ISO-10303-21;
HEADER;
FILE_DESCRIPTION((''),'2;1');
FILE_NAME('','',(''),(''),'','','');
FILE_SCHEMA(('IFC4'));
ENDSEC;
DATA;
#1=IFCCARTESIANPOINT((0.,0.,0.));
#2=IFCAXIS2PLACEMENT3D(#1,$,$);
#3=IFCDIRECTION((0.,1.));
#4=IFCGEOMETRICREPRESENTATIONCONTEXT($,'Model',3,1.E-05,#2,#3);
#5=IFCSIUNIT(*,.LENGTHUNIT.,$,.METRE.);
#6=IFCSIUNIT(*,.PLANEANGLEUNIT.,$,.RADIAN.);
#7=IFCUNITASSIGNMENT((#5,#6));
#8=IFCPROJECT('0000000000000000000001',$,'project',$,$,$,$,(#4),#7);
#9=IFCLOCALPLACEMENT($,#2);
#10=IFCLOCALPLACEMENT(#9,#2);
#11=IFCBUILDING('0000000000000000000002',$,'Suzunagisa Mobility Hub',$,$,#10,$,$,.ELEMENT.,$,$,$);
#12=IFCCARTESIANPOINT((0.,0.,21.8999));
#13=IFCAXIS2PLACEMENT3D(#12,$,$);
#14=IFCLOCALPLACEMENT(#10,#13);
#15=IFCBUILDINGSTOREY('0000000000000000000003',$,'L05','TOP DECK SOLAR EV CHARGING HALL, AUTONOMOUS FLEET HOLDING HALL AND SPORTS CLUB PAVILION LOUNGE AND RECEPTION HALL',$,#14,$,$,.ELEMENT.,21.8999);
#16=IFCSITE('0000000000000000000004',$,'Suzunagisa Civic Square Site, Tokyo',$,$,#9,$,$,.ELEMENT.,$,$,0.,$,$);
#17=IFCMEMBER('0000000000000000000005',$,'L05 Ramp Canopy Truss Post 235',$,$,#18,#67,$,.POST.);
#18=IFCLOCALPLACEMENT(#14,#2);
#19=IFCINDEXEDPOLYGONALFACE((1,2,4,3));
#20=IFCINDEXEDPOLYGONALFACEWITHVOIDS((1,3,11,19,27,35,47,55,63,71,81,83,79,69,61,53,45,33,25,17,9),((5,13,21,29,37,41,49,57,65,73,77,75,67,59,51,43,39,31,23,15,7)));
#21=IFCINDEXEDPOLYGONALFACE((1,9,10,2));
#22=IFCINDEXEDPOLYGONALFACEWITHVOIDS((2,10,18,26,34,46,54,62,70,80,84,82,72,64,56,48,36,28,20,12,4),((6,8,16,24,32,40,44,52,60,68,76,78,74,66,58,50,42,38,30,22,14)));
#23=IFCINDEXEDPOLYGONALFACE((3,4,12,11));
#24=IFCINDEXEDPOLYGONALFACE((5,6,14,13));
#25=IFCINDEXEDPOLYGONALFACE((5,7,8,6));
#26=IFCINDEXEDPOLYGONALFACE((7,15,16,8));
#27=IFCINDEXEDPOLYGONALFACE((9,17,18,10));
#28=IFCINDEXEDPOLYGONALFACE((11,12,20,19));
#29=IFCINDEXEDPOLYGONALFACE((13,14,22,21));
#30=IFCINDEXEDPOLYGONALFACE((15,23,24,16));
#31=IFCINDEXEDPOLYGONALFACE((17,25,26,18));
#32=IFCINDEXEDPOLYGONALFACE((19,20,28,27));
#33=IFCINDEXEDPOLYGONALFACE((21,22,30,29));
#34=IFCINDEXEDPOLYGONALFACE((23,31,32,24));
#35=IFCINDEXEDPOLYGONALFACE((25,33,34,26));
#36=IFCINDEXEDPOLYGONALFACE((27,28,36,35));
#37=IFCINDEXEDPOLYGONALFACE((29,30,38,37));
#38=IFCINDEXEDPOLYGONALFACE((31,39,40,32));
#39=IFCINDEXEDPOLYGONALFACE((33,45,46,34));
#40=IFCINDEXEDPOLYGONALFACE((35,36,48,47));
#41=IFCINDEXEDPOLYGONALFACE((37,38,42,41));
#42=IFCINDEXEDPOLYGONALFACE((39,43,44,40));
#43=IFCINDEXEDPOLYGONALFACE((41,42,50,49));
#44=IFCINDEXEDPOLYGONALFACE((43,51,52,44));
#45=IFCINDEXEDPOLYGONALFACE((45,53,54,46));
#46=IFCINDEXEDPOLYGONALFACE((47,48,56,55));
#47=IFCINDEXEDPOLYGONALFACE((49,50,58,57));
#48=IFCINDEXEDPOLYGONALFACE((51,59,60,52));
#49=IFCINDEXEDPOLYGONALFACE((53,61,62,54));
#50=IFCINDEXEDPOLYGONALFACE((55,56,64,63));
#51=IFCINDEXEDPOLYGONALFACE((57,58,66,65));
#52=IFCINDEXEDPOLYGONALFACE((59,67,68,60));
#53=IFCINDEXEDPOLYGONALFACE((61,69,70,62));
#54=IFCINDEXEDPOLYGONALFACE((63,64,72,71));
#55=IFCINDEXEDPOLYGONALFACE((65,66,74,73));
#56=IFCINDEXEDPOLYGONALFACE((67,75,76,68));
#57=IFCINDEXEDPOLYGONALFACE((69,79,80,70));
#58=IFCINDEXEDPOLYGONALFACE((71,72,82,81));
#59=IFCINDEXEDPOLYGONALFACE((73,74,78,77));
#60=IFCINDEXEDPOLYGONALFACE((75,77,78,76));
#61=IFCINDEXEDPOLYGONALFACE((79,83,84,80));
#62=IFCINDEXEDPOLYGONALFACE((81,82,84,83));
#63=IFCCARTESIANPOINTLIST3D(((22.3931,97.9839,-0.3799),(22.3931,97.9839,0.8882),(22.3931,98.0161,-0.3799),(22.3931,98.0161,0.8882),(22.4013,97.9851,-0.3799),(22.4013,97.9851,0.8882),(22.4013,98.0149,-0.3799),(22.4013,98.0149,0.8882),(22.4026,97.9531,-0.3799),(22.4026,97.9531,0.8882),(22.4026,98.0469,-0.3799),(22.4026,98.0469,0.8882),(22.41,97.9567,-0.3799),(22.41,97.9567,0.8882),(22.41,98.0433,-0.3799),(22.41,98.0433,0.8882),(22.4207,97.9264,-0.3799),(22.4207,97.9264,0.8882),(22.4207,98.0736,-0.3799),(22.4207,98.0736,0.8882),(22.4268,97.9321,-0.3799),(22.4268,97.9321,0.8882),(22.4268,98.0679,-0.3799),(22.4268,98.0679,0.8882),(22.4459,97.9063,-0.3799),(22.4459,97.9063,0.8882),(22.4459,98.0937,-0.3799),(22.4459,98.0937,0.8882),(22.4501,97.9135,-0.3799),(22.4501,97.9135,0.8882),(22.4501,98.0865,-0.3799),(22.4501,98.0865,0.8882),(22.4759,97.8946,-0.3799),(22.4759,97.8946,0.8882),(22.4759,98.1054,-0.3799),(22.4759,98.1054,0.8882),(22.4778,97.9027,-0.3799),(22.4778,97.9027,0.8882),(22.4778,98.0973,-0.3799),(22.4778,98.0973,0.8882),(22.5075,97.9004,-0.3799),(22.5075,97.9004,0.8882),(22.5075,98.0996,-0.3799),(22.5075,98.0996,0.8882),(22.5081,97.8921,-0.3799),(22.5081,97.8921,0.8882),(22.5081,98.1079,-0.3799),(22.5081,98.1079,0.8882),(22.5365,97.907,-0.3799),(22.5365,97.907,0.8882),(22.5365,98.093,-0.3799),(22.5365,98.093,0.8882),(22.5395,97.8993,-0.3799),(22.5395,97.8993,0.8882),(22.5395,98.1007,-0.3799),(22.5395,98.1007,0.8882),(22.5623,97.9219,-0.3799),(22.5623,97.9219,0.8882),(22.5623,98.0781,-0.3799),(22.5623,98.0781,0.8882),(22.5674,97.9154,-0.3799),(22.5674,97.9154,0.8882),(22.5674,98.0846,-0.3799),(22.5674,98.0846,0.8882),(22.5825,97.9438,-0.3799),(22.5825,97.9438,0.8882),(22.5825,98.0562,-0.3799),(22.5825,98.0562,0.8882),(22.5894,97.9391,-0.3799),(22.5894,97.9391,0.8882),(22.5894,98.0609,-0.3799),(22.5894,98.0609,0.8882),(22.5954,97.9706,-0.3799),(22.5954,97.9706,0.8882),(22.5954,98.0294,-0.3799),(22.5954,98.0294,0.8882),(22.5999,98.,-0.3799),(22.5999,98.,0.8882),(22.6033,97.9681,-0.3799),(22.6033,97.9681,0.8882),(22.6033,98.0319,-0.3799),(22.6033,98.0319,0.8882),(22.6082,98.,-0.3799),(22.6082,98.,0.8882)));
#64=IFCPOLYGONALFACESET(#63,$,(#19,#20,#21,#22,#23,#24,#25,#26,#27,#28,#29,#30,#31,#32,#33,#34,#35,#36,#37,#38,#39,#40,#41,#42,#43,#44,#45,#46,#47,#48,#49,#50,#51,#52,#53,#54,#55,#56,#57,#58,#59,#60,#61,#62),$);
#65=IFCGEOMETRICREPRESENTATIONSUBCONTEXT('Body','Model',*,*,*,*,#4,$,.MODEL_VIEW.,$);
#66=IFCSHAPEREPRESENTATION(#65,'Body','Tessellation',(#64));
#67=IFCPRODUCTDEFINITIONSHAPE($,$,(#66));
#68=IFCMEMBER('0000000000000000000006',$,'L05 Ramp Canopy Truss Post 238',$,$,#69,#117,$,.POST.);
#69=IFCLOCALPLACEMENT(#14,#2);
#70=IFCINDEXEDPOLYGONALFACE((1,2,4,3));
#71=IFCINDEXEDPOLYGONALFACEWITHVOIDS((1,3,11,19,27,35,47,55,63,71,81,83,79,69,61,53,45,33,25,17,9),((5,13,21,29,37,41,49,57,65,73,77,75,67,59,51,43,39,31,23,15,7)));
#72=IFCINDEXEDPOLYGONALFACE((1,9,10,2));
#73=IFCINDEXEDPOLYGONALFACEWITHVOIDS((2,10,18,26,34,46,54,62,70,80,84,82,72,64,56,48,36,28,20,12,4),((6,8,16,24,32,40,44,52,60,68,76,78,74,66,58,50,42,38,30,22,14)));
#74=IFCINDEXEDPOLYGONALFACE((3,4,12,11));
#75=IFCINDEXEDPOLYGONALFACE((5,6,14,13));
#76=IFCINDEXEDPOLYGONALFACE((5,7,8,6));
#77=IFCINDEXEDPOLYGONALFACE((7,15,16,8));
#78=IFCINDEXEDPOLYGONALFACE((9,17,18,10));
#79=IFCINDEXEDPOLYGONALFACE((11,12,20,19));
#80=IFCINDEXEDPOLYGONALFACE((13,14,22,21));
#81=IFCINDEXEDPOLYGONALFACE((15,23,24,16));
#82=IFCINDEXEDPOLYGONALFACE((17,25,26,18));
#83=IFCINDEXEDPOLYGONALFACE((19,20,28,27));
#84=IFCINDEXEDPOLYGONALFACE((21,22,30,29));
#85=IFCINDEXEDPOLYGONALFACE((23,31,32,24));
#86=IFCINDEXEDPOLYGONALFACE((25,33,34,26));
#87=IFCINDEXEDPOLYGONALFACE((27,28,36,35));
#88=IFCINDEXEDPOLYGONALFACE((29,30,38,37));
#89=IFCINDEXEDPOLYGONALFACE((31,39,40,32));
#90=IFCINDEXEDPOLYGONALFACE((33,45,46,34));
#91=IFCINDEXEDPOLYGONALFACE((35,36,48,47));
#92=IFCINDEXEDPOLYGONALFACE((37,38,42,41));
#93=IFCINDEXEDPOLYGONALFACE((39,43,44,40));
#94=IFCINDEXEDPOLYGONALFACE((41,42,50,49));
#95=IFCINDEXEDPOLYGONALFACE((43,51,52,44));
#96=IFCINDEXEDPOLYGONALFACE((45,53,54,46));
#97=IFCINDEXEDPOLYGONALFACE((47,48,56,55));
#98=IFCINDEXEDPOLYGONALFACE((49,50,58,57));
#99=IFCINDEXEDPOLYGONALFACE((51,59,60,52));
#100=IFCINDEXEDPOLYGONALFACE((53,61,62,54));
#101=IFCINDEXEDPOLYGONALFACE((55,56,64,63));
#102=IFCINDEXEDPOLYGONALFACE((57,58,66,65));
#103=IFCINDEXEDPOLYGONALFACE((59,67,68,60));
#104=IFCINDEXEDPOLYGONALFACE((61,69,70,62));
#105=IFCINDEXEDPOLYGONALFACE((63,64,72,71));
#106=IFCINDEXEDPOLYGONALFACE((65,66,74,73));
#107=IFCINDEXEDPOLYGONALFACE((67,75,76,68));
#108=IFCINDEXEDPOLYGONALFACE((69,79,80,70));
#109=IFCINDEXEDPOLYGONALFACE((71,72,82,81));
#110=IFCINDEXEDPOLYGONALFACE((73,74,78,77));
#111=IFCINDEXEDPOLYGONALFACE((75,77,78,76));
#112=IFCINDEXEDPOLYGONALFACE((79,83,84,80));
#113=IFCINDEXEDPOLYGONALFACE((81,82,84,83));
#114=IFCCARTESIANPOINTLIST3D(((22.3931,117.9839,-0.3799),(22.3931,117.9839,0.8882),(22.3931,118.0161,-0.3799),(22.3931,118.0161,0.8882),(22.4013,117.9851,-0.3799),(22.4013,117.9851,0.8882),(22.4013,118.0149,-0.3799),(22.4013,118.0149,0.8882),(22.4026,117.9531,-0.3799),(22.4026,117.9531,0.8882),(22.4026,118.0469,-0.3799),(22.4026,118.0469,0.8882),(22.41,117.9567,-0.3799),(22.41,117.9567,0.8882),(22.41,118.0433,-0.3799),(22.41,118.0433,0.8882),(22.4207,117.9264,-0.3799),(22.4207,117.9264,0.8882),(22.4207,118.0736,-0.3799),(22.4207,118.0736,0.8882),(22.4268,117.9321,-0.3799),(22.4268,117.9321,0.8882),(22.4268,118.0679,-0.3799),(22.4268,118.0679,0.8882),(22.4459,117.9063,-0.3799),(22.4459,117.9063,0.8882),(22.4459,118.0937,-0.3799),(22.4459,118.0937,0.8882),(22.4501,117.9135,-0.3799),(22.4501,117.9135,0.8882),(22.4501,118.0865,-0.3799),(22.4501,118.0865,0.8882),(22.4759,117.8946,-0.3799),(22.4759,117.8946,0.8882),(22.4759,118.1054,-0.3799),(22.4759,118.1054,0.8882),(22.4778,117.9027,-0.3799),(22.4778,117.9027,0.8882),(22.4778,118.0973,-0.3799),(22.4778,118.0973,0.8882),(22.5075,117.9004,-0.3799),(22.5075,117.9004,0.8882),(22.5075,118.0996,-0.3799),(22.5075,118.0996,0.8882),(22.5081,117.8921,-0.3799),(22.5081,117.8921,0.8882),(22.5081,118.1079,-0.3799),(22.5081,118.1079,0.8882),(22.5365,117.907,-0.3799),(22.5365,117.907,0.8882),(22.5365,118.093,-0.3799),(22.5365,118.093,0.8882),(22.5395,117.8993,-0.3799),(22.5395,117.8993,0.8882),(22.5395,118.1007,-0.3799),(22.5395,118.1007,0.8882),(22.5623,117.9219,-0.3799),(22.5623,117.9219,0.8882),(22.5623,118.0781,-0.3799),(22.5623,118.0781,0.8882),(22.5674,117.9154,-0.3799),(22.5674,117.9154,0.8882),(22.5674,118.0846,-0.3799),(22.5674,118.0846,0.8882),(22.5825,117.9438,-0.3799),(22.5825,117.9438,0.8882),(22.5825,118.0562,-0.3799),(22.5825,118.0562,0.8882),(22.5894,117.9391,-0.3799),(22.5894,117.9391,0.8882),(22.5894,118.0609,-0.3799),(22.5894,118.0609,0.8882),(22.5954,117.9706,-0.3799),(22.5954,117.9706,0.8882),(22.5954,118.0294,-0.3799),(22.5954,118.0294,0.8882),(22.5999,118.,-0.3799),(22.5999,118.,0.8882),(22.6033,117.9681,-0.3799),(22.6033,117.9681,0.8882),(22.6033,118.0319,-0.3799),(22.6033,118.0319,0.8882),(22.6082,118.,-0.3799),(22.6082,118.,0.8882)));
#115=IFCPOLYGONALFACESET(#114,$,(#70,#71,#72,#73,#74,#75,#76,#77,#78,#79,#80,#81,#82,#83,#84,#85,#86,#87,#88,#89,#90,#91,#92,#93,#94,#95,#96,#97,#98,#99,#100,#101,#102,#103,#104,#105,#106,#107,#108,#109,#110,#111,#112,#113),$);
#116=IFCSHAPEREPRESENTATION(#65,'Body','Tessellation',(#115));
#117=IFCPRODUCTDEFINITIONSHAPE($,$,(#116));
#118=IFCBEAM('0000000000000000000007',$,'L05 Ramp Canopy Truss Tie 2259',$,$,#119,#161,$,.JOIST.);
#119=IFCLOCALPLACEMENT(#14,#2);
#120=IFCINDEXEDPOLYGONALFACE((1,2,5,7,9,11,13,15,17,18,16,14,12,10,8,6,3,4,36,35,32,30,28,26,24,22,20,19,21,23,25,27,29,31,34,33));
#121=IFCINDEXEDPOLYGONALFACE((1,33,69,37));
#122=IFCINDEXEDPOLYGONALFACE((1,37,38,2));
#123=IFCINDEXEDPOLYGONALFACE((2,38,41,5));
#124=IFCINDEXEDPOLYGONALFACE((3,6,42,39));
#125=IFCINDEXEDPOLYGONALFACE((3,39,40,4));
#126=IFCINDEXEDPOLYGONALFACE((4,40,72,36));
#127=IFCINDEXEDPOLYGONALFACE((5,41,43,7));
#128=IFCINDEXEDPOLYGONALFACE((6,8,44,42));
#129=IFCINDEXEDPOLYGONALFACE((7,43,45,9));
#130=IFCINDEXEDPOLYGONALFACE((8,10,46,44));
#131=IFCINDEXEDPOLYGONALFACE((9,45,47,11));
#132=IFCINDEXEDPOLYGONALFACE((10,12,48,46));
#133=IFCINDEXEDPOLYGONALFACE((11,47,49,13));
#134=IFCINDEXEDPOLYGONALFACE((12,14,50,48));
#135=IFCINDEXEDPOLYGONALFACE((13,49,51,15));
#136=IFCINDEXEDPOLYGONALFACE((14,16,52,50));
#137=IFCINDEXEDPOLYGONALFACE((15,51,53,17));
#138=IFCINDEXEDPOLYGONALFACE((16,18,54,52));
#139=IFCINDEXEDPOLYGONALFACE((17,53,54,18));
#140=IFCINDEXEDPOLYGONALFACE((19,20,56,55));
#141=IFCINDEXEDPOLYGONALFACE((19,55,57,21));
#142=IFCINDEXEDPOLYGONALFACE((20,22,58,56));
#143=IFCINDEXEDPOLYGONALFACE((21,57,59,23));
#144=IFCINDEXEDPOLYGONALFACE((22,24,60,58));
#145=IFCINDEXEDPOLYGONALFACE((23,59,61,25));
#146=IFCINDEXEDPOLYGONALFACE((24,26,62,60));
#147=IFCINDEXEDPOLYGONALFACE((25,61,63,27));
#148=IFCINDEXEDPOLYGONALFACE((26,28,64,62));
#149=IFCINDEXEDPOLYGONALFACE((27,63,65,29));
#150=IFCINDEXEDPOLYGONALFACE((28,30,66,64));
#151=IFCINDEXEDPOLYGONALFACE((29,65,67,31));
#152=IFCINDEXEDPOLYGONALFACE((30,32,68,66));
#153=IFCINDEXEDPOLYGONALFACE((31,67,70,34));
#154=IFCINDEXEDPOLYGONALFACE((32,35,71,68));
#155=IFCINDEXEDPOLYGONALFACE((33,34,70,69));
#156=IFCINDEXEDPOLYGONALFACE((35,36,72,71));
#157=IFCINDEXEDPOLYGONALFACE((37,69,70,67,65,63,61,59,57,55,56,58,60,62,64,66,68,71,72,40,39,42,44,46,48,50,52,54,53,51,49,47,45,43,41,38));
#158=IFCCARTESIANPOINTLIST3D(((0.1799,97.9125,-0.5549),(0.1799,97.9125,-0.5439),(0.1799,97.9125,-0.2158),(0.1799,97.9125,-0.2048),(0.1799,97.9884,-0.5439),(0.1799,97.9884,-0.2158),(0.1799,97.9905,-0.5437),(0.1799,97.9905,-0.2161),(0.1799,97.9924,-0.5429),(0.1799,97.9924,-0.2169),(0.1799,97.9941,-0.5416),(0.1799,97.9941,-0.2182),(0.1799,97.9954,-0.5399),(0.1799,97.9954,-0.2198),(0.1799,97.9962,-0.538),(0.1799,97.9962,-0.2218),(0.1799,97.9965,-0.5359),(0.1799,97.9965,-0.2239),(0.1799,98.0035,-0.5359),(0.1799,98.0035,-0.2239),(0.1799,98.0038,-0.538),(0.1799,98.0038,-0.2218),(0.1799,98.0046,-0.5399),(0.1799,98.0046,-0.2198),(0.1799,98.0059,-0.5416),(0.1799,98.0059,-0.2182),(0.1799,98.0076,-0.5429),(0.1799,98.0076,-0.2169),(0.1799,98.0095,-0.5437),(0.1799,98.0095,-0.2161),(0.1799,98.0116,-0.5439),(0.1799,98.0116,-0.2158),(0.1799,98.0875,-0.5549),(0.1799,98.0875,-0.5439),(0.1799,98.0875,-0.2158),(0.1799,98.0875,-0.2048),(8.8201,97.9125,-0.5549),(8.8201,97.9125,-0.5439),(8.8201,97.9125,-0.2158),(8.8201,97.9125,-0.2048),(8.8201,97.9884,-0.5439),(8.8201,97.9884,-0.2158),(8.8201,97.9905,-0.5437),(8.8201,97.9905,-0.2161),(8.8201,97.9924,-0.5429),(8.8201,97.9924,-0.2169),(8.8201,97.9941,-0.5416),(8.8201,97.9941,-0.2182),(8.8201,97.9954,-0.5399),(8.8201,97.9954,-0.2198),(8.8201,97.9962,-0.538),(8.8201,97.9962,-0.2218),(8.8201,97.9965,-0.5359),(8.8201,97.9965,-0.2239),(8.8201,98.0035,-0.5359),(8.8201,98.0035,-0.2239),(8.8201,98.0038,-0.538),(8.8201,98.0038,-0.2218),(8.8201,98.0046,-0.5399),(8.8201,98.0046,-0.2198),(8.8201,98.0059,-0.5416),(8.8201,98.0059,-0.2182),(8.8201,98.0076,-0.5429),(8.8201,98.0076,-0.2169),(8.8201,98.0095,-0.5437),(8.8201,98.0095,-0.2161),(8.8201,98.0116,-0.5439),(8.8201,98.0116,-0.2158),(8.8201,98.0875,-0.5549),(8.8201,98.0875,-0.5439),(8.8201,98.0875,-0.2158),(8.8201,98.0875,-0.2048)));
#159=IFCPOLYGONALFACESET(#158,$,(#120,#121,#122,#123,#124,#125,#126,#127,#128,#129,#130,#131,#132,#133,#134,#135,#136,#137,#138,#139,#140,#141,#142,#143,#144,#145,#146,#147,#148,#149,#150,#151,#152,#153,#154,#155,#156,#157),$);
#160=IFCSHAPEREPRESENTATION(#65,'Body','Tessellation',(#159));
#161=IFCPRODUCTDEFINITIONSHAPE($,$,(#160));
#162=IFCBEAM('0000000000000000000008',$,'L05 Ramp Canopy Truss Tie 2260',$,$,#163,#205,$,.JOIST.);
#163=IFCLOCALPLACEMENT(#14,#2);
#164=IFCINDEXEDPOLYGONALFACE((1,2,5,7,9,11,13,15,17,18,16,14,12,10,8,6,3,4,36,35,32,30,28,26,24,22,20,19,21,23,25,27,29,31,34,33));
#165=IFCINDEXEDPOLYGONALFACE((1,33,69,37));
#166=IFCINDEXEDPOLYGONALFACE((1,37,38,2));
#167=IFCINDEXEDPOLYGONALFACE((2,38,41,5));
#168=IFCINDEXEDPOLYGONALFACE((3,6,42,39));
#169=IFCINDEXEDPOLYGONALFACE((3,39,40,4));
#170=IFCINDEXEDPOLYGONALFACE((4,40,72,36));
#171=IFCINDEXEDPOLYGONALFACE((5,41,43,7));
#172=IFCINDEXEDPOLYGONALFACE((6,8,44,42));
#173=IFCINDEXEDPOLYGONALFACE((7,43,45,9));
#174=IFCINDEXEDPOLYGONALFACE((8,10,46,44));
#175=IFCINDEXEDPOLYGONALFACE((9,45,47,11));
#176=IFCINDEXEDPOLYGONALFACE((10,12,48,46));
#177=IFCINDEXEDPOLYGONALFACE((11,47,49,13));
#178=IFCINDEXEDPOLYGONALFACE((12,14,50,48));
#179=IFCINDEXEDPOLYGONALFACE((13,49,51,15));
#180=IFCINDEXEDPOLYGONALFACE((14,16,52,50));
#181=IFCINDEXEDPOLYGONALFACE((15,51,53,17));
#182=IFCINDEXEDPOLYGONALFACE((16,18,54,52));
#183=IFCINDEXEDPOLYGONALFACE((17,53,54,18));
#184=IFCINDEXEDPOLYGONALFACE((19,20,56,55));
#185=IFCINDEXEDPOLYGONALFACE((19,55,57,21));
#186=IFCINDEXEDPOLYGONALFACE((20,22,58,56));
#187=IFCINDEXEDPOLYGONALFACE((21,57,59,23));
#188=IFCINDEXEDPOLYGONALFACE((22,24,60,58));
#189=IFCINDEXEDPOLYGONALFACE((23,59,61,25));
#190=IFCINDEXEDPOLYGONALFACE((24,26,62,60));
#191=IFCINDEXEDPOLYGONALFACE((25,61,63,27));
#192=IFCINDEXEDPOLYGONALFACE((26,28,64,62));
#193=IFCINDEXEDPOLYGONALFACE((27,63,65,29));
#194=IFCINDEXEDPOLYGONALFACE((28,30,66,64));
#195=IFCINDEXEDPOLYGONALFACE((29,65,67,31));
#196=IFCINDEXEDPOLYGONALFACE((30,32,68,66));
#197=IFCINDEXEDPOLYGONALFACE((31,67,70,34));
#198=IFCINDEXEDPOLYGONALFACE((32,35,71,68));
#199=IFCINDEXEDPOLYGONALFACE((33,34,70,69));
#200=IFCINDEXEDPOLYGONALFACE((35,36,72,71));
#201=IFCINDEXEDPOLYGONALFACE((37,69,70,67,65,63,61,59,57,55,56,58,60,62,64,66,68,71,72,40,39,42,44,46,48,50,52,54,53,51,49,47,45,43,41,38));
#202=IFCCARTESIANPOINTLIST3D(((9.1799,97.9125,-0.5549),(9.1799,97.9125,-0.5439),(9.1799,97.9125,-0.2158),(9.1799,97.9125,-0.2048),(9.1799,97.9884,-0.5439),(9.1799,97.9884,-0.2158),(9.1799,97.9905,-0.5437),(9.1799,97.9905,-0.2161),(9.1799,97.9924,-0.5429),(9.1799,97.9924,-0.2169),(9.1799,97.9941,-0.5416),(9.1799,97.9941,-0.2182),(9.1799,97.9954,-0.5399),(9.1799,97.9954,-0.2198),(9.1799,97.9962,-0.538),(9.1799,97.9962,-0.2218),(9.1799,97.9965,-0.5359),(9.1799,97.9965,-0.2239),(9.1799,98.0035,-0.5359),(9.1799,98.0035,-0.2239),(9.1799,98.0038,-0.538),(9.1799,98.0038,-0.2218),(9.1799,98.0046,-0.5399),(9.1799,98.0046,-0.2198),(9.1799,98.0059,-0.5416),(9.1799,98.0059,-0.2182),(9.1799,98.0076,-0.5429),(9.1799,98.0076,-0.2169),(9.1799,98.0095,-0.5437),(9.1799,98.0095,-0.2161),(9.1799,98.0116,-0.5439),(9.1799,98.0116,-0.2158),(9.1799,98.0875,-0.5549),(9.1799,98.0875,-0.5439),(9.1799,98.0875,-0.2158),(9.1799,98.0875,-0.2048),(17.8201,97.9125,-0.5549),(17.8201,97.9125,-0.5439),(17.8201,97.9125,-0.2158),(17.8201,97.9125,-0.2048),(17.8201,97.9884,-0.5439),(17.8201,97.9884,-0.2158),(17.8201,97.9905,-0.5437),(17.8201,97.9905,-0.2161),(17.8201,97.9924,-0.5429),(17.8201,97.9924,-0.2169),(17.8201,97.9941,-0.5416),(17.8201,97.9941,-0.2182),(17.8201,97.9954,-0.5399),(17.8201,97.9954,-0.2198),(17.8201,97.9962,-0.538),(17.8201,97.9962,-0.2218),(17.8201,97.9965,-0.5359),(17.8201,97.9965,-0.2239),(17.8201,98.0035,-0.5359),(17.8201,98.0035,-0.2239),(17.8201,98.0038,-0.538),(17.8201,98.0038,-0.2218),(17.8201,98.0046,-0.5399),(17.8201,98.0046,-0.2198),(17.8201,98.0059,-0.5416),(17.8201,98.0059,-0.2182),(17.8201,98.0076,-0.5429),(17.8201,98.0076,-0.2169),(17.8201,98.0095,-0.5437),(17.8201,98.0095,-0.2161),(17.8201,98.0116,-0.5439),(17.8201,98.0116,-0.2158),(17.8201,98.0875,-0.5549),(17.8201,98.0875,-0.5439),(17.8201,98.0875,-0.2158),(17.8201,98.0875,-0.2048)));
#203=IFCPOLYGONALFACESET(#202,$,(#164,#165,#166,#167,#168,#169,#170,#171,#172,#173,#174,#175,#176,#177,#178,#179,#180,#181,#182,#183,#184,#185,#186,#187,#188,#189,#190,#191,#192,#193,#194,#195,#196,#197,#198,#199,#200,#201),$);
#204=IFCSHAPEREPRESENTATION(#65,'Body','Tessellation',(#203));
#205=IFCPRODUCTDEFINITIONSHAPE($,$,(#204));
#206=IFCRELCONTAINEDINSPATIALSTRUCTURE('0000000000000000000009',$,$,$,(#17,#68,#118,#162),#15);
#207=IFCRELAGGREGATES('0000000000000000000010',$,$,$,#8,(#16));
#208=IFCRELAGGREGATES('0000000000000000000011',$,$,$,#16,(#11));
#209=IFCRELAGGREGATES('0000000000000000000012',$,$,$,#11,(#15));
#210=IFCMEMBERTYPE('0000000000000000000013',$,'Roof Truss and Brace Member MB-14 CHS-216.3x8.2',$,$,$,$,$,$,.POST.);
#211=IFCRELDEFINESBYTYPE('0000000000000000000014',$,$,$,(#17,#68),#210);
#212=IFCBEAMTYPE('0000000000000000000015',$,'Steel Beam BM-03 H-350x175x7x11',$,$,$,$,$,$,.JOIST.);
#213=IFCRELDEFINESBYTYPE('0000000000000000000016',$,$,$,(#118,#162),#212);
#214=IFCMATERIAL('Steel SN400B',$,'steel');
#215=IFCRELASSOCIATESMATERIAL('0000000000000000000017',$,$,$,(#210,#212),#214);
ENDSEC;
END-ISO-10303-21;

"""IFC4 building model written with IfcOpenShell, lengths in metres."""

from ifc_helpers import new_model, si_unit, direction, frame, origin, origin_2d, place, context, subcontext, project, spatial, hollow_circle, i_section, extrude, material, material_profile, profile_set, type_object, element, save


model = new_model("IFC4")

# Units and contexts
model_context = context("Model", 3, precision=1e-05, world=origin(), true_north=direction((0.0, 1.0)))
body_context = subcontext(model_context, "Body", "Model", "MODEL_VIEW")
ifc_project = project(units=[si_unit("LENGTHUNIT", "METRE"), si_unit("PLANEANGLEUNIT", "RADIAN")], contexts=[model_context])

# Site, building, storey
site_placement = place(None, origin())
site = spatial("IfcSite", under=ifc_project, at=site_placement, Name="Suzunagisa Civic Square Site, Tokyo", CompositionType="ELEMENT", RefElevation=0.0)
building_placement = place(site_placement, origin())
building = spatial("IfcBuilding", under=site, at=building_placement, Name="Suzunagisa Mobility Hub", CompositionType="ELEMENT")
storey_placement = place(building_placement, frame((0.0, 0.0, 21.8999)))
storey = spatial("IfcBuildingStorey", under=building, at=storey_placement, Name="L05", Description="TOP DECK SOLAR EV CHARGING HALL, AUTONOMOUS FLEET HOLDING HALL AND SPORTS CLUB PAVILION LOUNGE AND RECEPTION HALL", CompositionType="ELEMENT", Elevation=21.8999)

# Members
ifc_material_1 = material(Name="Steel SN400B", Category="steel")
ifc_material_profile_1 = material_profile(ifc_material_1, hollow_circle(Radius=0.1082, WallThickness=0.0083, at=origin_2d()), Name="CHS-216.3x8.2")
ifc_profile_set_1 = profile_set([ifc_material_profile_1], Name="Steel SN400B")
member_type_1 = type_object("IfcMemberType", Name="Roof Truss and Brace Member MB-14 CHS-216.3x8.2", PredefinedType="POST", material=ifc_profile_set_1)
for number, where, z_axis, x_axis, name in (
    (1, (22.5, 98.0, -0.3799), (0.0, 0.0, 1.0), (1.0, 0.0, 0.0), "L05 Ramp Canopy Truss Post 235"),
    (2, (22.5, 118.0, -0.3799), (0.0, 0.0, 1.0), (1.0, 0.0, 0.0), "L05 Ramp Canopy Truss Post 238"),
):
    element("IfcMember", number, at=place(storey_placement, frame(where, z_axis=z_axis, x_axis=x_axis)), inside=storey, type_object=member_type_1, Name=name, PredefinedType="POST", context=body_context, shape_type="SweptSolid", body=[
        extrude(hollow_circle(Radius=0.1082, WallThickness=0.0083, at=origin_2d()), origin(), (0.0, 0.0, 1.0), 1.2681),
    ])

# Beams
ifc_material_profile_2 = material_profile(ifc_material_1, i_section(OverallWidth=0.175, OverallDepth=0.3501, WebThickness=0.0071, FlangeThickness=0.011, FilletRadius=0.0081, at=origin_2d()), Name="H-350x175x7x11")
ifc_profile_set_2 = profile_set([ifc_material_profile_2], Name="Steel SN400B")
beam_type = type_object("IfcBeamType", Name="Steel Beam BM-03 H-350x175x7x11", PredefinedType="JOIST", material=ifc_profile_set_2)
for number, where, z_axis, x_axis, name in (
    (3, (0.1799, 98.0, -0.3799), (1.0, 0.0, 0.0), (0.0, 1.0, 0.0), "L05 Ramp Canopy Truss Tie 2259"),
    (4, (9.1799, 98.0, -0.3799), (1.0, 0.0, 0.0), (0.0, 1.0, 0.0), "L05 Ramp Canopy Truss Tie 2260"),
):
    element("IfcBeam", number, at=place(storey_placement, frame(where, z_axis=z_axis, x_axis=x_axis)), inside=storey, type_object=beam_type, Name=name, PredefinedType="JOIST", context=body_context, shape_type="SweptSolid", body=[
        extrude(i_section(OverallWidth=0.175, OverallDepth=0.3501, WebThickness=0.0071, FlangeThickness=0.011, FilletRadius=0.0081, at=origin_2d()), origin(), (0.0, 0.0, 1.0), 8.6401),
    ])

save(model, "model.ifc")
